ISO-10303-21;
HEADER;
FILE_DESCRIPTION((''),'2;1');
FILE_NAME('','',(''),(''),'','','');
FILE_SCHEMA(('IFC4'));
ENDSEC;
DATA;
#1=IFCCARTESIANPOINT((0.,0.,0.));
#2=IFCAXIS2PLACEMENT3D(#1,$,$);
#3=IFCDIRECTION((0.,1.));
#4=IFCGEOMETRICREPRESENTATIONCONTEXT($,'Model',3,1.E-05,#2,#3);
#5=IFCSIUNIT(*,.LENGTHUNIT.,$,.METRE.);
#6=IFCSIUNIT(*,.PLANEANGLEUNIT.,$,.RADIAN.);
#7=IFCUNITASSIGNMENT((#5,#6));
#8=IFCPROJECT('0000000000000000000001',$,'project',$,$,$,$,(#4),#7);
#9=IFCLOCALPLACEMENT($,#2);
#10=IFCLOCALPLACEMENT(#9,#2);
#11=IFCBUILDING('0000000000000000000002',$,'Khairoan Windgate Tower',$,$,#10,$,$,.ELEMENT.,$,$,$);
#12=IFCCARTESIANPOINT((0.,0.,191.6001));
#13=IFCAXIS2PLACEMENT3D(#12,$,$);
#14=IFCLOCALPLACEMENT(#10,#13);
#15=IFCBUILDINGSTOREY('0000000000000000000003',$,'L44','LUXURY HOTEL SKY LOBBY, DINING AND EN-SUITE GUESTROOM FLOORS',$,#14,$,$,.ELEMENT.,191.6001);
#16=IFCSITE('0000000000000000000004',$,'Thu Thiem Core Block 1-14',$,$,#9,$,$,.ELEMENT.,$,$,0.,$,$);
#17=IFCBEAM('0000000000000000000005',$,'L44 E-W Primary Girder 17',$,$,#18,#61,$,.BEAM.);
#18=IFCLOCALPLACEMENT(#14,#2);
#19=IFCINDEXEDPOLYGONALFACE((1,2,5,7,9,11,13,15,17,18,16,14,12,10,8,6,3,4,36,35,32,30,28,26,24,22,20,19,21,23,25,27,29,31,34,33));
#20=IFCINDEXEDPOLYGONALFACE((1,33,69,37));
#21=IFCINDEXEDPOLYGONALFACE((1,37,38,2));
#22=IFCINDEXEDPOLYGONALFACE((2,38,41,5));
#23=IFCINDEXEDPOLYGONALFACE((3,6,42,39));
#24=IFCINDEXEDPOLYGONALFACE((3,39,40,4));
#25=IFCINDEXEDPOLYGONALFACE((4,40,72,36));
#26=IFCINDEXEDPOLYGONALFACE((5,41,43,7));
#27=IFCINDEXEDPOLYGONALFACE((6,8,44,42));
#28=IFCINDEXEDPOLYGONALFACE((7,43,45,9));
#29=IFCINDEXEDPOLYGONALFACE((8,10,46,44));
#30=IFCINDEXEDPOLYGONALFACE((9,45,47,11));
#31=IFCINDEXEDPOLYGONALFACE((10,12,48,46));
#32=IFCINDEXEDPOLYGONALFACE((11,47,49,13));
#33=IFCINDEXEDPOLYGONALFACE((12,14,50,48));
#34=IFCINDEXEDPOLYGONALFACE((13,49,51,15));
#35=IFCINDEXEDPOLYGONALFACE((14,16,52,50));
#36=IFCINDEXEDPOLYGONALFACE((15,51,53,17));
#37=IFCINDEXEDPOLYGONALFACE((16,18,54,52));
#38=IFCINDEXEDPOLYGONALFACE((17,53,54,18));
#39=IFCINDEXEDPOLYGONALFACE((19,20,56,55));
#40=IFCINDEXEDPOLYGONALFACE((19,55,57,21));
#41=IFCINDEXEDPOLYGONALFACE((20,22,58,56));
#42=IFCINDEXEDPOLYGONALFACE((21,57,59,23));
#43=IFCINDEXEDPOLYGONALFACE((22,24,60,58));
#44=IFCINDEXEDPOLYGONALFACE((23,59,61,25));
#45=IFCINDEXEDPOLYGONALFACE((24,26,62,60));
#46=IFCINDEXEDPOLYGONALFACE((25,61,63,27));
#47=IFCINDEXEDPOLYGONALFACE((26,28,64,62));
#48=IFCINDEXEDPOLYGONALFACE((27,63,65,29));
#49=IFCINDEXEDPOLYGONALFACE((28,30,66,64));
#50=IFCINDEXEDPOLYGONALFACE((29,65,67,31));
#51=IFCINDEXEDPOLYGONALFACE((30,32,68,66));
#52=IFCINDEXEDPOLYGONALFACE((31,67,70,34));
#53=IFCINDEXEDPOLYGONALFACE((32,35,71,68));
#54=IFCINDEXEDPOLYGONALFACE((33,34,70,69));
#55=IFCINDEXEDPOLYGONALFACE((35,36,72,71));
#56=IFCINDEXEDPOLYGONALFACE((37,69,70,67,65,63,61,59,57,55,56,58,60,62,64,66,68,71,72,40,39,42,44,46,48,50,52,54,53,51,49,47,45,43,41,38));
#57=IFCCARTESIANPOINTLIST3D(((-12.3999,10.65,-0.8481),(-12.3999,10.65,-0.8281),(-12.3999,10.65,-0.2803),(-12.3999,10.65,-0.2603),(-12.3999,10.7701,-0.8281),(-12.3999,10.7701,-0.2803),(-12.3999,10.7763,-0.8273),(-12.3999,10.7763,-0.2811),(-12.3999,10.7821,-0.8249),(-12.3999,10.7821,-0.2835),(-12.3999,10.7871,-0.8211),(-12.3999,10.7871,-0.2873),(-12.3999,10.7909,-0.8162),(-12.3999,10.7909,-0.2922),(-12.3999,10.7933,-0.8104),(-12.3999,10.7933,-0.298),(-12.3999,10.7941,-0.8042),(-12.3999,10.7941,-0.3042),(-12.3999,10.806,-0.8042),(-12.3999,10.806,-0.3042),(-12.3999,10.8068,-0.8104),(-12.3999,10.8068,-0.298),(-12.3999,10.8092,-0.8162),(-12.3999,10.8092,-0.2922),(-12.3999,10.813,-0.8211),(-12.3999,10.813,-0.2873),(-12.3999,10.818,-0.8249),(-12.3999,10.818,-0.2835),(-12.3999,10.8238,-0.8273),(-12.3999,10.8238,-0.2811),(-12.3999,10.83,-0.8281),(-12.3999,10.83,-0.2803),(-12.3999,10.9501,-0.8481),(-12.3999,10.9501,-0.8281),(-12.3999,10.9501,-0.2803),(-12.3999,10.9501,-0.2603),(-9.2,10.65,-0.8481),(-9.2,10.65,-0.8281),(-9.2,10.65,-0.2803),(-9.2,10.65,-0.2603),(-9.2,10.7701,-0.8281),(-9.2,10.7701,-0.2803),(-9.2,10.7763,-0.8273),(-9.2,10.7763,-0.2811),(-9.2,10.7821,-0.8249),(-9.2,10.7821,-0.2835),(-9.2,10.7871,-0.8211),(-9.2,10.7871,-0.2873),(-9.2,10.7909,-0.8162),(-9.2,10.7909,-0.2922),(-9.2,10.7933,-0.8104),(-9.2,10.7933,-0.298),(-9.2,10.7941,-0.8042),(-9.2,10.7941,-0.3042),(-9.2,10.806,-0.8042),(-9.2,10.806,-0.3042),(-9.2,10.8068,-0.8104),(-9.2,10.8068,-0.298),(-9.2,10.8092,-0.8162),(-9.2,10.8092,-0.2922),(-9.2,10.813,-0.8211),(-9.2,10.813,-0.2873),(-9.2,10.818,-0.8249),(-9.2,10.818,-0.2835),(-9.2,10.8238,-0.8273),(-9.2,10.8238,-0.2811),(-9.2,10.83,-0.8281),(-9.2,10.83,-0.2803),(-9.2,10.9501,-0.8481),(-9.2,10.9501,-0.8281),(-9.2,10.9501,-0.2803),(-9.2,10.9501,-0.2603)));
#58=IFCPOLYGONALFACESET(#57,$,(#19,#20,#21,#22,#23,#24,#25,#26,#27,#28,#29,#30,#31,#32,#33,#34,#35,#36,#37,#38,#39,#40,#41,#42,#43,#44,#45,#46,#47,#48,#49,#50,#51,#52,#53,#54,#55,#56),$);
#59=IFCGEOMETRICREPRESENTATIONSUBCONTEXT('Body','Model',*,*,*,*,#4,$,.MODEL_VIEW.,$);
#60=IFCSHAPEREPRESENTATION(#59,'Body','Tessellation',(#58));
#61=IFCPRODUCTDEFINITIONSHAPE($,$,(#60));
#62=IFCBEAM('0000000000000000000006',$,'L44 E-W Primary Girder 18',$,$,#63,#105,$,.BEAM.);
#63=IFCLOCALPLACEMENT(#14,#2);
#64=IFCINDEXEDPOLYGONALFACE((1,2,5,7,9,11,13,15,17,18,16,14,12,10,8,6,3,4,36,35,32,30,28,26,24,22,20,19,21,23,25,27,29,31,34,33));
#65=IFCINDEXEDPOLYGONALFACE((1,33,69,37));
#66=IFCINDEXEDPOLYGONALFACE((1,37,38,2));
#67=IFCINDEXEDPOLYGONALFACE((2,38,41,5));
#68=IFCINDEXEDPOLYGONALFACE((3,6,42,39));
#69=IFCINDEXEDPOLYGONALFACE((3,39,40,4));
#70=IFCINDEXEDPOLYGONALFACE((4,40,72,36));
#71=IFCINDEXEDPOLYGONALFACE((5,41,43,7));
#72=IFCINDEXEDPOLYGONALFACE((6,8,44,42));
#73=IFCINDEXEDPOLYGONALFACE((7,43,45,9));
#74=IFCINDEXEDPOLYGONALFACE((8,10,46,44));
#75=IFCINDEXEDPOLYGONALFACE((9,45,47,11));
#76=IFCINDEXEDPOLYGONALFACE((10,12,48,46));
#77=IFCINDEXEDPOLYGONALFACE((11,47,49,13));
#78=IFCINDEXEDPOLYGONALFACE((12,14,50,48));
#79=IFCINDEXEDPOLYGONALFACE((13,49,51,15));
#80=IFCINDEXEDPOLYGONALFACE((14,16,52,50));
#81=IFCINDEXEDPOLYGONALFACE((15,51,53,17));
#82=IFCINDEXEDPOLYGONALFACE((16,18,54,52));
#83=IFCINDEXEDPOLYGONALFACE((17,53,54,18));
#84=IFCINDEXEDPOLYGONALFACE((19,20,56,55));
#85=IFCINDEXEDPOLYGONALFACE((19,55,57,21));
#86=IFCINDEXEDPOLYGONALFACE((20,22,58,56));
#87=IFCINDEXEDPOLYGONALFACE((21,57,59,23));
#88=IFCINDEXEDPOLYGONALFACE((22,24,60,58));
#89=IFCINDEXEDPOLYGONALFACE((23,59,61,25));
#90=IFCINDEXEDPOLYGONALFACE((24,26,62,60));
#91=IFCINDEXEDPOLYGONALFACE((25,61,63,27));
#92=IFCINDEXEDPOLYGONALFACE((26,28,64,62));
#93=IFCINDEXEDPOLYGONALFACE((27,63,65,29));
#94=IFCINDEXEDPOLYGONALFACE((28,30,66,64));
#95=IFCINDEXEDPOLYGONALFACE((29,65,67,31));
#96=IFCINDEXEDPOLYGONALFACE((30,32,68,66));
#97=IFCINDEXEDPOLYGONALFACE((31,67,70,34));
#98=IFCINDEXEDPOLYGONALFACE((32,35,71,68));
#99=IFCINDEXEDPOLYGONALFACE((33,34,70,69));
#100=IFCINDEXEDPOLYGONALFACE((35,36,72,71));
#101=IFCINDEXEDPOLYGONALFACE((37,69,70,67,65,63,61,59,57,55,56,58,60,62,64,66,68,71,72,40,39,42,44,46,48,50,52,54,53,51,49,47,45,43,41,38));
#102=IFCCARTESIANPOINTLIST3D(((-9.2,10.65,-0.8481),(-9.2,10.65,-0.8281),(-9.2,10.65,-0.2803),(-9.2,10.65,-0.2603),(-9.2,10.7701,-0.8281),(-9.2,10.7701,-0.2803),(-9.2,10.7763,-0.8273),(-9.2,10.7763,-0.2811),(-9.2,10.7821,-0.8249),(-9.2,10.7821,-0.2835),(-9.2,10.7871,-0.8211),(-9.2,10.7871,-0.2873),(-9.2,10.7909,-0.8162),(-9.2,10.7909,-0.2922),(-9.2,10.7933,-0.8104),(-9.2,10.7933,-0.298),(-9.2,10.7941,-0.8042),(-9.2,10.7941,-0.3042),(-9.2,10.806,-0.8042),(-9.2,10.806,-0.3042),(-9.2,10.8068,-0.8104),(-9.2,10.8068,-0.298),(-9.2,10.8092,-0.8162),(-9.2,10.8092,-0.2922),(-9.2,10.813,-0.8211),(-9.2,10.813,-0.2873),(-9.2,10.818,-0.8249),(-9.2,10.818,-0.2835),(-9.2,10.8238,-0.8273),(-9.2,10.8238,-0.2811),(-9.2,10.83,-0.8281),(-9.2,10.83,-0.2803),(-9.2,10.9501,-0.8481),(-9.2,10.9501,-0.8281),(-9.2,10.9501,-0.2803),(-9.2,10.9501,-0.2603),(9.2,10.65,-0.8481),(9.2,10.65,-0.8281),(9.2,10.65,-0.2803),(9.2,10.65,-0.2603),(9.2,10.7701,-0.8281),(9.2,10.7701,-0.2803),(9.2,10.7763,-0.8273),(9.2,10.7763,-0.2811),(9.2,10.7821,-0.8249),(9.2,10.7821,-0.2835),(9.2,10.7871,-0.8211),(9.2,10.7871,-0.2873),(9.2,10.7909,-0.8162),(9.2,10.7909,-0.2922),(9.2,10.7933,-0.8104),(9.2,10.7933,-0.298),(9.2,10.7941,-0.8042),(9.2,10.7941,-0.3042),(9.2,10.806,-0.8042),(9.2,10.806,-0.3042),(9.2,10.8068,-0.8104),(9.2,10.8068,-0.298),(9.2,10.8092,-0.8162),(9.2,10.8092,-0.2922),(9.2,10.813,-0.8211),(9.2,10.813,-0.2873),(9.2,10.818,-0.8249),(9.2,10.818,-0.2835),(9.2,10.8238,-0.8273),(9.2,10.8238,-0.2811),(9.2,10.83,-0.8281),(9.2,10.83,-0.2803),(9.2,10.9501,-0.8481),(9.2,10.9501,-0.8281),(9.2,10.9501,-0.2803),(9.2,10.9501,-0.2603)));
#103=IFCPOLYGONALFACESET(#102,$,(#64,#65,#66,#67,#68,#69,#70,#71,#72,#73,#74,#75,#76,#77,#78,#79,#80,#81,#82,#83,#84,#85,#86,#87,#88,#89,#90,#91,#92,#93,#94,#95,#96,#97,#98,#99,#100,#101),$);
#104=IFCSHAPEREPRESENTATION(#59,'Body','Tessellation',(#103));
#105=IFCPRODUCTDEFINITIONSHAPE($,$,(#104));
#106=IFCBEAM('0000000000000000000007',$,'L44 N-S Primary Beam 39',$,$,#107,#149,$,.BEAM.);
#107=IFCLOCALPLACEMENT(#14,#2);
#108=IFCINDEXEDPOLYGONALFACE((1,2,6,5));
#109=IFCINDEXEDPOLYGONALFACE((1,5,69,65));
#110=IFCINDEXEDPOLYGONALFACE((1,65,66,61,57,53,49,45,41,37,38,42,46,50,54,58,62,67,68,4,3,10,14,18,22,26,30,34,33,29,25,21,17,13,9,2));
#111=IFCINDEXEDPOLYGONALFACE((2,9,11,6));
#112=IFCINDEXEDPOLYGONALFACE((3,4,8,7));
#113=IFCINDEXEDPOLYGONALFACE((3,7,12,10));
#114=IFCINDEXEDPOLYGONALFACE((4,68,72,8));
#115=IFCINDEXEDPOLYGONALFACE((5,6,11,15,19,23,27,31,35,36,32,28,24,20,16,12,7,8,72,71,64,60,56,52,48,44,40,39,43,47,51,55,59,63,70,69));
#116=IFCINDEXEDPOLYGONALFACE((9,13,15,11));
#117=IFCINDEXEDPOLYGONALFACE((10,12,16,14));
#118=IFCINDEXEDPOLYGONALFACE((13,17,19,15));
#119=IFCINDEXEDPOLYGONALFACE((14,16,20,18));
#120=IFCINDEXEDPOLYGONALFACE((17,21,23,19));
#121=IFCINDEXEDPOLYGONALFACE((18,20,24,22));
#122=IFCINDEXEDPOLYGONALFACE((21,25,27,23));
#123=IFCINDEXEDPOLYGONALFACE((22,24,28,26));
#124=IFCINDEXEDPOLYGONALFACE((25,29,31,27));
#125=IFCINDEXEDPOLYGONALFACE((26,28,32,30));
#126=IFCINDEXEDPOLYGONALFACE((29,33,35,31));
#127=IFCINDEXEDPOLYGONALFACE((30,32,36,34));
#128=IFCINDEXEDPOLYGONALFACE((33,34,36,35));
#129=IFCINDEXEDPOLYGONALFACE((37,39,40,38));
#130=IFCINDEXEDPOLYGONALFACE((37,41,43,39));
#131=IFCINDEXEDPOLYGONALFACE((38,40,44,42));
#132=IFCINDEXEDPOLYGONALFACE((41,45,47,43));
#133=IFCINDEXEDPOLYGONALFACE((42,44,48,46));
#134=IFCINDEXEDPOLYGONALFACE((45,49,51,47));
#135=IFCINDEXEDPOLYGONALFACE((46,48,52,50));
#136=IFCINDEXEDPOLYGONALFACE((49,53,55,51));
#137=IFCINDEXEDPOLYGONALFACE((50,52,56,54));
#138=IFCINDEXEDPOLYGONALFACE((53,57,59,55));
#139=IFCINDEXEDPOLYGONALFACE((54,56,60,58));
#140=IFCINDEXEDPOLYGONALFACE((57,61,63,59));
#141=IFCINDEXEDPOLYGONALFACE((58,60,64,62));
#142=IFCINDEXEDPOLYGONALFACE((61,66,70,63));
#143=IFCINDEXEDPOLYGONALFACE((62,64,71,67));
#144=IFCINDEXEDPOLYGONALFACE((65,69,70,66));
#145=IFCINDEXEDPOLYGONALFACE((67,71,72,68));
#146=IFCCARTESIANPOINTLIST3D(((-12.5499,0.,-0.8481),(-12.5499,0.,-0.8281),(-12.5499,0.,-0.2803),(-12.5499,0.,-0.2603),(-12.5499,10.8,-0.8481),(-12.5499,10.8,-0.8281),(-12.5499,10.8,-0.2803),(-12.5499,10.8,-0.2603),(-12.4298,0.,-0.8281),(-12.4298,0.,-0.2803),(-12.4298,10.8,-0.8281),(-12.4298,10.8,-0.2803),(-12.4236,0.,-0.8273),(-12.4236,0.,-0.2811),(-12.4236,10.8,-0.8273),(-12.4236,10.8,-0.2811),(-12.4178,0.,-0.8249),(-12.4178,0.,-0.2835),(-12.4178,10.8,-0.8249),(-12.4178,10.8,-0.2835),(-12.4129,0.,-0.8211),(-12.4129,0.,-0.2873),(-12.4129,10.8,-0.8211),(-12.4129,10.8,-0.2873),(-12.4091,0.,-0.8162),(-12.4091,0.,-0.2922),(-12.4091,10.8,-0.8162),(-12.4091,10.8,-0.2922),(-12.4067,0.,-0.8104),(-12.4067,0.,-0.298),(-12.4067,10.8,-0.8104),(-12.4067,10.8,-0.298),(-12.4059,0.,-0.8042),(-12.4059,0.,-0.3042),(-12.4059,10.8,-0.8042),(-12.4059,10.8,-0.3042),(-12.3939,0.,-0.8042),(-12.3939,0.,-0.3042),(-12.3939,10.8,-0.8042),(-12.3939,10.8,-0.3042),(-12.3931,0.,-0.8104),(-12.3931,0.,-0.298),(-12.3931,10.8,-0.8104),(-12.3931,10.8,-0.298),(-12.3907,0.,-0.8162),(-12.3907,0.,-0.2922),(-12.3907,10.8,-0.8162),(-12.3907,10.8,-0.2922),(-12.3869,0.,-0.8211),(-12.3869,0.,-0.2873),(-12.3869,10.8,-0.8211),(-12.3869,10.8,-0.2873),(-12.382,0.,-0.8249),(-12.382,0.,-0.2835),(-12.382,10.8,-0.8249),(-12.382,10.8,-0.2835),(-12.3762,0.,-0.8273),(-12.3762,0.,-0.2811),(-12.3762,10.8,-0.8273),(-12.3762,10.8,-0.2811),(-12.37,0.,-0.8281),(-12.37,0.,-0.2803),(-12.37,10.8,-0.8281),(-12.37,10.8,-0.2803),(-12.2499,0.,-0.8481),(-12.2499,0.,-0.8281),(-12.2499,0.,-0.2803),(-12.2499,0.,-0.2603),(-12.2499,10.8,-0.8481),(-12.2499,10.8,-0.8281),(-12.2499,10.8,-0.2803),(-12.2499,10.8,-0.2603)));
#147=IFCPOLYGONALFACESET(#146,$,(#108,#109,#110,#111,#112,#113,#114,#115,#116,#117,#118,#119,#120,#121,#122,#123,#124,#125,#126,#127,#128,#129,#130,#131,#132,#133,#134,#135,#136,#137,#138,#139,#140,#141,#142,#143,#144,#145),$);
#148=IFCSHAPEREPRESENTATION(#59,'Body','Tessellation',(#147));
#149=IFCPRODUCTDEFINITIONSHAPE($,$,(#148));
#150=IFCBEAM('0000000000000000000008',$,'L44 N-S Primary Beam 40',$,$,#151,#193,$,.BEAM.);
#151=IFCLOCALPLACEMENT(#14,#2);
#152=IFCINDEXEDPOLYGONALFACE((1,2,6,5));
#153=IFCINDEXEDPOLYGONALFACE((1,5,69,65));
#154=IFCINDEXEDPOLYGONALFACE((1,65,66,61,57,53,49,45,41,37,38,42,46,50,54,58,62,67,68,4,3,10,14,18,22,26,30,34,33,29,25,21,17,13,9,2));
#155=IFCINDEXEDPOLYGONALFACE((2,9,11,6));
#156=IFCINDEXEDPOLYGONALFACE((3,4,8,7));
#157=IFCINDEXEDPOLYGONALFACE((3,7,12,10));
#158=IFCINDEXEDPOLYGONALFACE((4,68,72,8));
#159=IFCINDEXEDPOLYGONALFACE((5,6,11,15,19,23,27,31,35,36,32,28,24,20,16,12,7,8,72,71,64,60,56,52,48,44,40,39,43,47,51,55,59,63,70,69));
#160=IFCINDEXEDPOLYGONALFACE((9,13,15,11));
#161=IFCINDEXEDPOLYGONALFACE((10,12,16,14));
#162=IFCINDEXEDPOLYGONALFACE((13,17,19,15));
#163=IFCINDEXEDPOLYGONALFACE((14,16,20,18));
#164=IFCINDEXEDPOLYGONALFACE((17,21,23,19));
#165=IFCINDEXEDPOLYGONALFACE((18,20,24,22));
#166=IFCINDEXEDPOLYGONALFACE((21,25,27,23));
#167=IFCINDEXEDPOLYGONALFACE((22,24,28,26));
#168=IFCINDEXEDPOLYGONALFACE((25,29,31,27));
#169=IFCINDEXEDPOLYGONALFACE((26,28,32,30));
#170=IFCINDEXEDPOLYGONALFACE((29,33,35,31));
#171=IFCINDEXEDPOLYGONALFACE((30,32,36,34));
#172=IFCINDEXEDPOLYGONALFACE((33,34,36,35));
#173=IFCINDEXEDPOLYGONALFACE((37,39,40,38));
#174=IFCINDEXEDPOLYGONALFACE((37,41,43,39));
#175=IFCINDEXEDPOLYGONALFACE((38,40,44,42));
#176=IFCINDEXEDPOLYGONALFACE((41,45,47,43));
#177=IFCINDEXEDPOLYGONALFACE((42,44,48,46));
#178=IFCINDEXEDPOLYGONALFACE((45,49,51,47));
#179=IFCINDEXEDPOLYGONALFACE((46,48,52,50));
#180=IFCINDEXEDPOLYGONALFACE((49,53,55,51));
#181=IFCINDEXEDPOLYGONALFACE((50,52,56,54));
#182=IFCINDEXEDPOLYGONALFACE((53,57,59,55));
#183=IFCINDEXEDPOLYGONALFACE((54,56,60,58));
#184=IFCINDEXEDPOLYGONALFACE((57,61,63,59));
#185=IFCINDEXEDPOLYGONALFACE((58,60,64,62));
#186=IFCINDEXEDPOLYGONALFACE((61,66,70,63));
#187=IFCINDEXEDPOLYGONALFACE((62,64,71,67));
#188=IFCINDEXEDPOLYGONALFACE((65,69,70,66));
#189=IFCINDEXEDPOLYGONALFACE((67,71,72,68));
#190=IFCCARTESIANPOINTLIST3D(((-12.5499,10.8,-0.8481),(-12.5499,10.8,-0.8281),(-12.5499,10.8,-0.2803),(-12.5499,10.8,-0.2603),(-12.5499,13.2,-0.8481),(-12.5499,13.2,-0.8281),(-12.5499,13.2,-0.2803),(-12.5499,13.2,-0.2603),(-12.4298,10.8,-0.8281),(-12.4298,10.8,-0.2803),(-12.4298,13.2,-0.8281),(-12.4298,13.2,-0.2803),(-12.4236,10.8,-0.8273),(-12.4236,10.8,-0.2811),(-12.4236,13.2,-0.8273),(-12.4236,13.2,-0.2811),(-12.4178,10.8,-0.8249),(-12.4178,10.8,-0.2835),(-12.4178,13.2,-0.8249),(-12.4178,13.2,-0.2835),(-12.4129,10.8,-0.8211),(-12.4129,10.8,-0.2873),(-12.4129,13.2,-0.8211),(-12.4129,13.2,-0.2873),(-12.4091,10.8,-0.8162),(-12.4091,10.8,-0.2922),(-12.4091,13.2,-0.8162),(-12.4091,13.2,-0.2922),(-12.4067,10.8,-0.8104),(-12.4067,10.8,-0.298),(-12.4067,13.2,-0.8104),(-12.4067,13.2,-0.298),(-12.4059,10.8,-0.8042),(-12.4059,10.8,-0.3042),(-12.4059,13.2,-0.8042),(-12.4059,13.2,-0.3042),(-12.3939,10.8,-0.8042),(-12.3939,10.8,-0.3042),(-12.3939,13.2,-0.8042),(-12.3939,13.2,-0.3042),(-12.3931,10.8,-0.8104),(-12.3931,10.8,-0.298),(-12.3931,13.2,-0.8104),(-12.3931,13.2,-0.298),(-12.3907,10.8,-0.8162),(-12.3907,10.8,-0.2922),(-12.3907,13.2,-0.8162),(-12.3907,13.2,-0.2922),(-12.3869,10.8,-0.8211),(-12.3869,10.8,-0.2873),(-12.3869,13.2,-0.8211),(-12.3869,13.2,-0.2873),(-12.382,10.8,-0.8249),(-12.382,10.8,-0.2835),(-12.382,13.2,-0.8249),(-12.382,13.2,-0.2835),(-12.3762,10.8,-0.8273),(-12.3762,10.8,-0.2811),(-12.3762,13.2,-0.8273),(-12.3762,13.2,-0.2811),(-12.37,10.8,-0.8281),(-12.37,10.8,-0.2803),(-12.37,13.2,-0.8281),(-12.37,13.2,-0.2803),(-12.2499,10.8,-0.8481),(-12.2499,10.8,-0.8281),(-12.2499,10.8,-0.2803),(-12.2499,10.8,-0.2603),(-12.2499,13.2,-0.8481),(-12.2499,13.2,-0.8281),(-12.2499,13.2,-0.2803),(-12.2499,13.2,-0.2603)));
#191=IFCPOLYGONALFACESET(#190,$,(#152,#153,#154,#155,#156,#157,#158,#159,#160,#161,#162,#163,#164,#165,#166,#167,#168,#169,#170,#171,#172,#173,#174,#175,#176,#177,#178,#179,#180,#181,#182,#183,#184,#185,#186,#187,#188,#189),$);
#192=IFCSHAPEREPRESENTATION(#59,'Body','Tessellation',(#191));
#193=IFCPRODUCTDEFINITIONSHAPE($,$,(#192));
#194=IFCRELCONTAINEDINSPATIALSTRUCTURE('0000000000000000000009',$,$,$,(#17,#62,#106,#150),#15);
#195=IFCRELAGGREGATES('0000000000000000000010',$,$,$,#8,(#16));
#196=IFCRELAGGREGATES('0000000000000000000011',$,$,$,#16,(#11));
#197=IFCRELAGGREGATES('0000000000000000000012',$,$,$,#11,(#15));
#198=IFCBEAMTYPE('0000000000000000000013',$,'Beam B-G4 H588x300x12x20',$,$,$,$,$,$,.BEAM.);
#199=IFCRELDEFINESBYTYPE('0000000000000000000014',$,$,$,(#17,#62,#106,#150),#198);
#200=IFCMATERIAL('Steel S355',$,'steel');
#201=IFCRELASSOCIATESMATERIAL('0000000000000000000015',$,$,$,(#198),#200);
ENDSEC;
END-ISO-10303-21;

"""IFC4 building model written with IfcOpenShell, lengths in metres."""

from ifc_helpers import new_model, si_unit, direction, frame, origin, origin_2d, place, context, subcontext, project, spatial, i_section, extrude, material, material_profile, profile_set, type_object, element, save


model = new_model("IFC4")

# Units and contexts
model_context = context("Model", 3, precision=1e-05, world=origin(), true_north=direction((0.0, 1.0)))
body_context = subcontext(model_context, "Body", "Model", "MODEL_VIEW")
ifc_project = project(units=[si_unit("LENGTHUNIT", "METRE"), si_unit("PLANEANGLEUNIT", "RADIAN")], contexts=[model_context])

# Site, building, storey
site_placement = place(None, origin())
site = spatial("IfcSite", under=ifc_project, at=site_placement, Name="Thu Thiem Core Block 1-14", CompositionType="ELEMENT", RefElevation=0.0)
building_placement = place(site_placement, origin())
building = spatial("IfcBuilding", under=site, at=building_placement, Name="Khairoan Windgate Tower", CompositionType="ELEMENT")
storey_placement = place(building_placement, frame((0.0, 0.0, 191.6001)))
storey = spatial("IfcBuildingStorey", under=building, at=storey_placement, Name="L44", Description="LUXURY HOTEL SKY LOBBY, DINING AND EN-SUITE GUESTROOM FLOORS", CompositionType="ELEMENT", Elevation=191.6001)

# Beams
ifc_material_1 = material(Name="Steel S355", Category="steel")
ifc_material_profile_1 = material_profile(ifc_material_1, i_section(OverallWidth=0.3, OverallDepth=0.5879, WebThickness=0.012, FlangeThickness=0.02, FilletRadius=0.0239, at=origin_2d()))
ifc_profile_set_1 = profile_set([ifc_material_profile_1], Name="Steel S355")
beam_type_1 = type_object("IfcBeamType", Name="Beam B-G4 H588x300x12x20", PredefinedType="BEAM", material=ifc_profile_set_1)
beam_1_placement = place(storey_placement, frame((-12.3999, 10.8, -0.5542), z_axis=(1.0, 0.0, 0.0), x_axis=(0.0, 1.0, 0.0)))
element("IfcBeam", 1, at=beam_1_placement, inside=storey, type_object=beam_type_1, Name="L44 E-W Primary Girder 17", PredefinedType="BEAM", context=body_context, shape_type="SweptSolid", body=[
    extrude(i_section(OverallWidth=0.3, OverallDepth=0.5879, WebThickness=0.012, FlangeThickness=0.02, FilletRadius=0.0239, at=origin_2d()), origin(), (0.0, 0.0, 1.0), 3.2),
])
beam_2_placement = place(storey_placement, frame((-9.2, 10.8, -0.5542), z_axis=(1.0, 0.0, 0.0), x_axis=(0.0, 1.0, 0.0)))
element("IfcBeam", 2, at=beam_2_placement, inside=storey, type_object=beam_type_1, Name="L44 E-W Primary Girder 18", PredefinedType="BEAM", context=body_context, shape_type="SweptSolid", body=[
    extrude(i_section(OverallWidth=0.3, OverallDepth=0.5879, WebThickness=0.012, FlangeThickness=0.02, FilletRadius=0.0239, at=origin_2d()), origin(), (0.0, 0.0, 1.0), 18.3999),
])
beam_3_placement = place(storey_placement, frame((-12.3999, 0.0, -0.5542), z_axis=(0.0, 1.0, 0.0), x_axis=(-1.0, 0.0, 0.0)))
element("IfcBeam", 3, at=beam_3_placement, inside=storey, type_object=beam_type_1, Name="L44 N-S Primary Beam 39", PredefinedType="BEAM", context=body_context, shape_type="SweptSolid", body=[
    extrude(i_section(OverallWidth=0.3, OverallDepth=0.5879, WebThickness=0.012, FlangeThickness=0.02, FilletRadius=0.0239, at=origin_2d()), origin(), (0.0, 0.0, 1.0), 10.8),
])
beam_4_placement = place(storey_placement, frame((-12.3999, 10.8, -0.5542), z_axis=(0.0, 1.0, 0.0), x_axis=(-1.0, 0.0, 0.0)))
element("IfcBeam", 4, at=beam_4_placement, inside=storey, type_object=beam_type_1, Name="L44 N-S Primary Beam 40", PredefinedType="BEAM", context=body_context, shape_type="SweptSolid", body=[
    extrude(i_section(OverallWidth=0.3, OverallDepth=0.5879, WebThickness=0.012, FlangeThickness=0.02, FilletRadius=0.0239, at=origin_2d()), origin(), (0.0, 0.0, 1.0), 2.3999),
])

save(model, "model.ifc")
